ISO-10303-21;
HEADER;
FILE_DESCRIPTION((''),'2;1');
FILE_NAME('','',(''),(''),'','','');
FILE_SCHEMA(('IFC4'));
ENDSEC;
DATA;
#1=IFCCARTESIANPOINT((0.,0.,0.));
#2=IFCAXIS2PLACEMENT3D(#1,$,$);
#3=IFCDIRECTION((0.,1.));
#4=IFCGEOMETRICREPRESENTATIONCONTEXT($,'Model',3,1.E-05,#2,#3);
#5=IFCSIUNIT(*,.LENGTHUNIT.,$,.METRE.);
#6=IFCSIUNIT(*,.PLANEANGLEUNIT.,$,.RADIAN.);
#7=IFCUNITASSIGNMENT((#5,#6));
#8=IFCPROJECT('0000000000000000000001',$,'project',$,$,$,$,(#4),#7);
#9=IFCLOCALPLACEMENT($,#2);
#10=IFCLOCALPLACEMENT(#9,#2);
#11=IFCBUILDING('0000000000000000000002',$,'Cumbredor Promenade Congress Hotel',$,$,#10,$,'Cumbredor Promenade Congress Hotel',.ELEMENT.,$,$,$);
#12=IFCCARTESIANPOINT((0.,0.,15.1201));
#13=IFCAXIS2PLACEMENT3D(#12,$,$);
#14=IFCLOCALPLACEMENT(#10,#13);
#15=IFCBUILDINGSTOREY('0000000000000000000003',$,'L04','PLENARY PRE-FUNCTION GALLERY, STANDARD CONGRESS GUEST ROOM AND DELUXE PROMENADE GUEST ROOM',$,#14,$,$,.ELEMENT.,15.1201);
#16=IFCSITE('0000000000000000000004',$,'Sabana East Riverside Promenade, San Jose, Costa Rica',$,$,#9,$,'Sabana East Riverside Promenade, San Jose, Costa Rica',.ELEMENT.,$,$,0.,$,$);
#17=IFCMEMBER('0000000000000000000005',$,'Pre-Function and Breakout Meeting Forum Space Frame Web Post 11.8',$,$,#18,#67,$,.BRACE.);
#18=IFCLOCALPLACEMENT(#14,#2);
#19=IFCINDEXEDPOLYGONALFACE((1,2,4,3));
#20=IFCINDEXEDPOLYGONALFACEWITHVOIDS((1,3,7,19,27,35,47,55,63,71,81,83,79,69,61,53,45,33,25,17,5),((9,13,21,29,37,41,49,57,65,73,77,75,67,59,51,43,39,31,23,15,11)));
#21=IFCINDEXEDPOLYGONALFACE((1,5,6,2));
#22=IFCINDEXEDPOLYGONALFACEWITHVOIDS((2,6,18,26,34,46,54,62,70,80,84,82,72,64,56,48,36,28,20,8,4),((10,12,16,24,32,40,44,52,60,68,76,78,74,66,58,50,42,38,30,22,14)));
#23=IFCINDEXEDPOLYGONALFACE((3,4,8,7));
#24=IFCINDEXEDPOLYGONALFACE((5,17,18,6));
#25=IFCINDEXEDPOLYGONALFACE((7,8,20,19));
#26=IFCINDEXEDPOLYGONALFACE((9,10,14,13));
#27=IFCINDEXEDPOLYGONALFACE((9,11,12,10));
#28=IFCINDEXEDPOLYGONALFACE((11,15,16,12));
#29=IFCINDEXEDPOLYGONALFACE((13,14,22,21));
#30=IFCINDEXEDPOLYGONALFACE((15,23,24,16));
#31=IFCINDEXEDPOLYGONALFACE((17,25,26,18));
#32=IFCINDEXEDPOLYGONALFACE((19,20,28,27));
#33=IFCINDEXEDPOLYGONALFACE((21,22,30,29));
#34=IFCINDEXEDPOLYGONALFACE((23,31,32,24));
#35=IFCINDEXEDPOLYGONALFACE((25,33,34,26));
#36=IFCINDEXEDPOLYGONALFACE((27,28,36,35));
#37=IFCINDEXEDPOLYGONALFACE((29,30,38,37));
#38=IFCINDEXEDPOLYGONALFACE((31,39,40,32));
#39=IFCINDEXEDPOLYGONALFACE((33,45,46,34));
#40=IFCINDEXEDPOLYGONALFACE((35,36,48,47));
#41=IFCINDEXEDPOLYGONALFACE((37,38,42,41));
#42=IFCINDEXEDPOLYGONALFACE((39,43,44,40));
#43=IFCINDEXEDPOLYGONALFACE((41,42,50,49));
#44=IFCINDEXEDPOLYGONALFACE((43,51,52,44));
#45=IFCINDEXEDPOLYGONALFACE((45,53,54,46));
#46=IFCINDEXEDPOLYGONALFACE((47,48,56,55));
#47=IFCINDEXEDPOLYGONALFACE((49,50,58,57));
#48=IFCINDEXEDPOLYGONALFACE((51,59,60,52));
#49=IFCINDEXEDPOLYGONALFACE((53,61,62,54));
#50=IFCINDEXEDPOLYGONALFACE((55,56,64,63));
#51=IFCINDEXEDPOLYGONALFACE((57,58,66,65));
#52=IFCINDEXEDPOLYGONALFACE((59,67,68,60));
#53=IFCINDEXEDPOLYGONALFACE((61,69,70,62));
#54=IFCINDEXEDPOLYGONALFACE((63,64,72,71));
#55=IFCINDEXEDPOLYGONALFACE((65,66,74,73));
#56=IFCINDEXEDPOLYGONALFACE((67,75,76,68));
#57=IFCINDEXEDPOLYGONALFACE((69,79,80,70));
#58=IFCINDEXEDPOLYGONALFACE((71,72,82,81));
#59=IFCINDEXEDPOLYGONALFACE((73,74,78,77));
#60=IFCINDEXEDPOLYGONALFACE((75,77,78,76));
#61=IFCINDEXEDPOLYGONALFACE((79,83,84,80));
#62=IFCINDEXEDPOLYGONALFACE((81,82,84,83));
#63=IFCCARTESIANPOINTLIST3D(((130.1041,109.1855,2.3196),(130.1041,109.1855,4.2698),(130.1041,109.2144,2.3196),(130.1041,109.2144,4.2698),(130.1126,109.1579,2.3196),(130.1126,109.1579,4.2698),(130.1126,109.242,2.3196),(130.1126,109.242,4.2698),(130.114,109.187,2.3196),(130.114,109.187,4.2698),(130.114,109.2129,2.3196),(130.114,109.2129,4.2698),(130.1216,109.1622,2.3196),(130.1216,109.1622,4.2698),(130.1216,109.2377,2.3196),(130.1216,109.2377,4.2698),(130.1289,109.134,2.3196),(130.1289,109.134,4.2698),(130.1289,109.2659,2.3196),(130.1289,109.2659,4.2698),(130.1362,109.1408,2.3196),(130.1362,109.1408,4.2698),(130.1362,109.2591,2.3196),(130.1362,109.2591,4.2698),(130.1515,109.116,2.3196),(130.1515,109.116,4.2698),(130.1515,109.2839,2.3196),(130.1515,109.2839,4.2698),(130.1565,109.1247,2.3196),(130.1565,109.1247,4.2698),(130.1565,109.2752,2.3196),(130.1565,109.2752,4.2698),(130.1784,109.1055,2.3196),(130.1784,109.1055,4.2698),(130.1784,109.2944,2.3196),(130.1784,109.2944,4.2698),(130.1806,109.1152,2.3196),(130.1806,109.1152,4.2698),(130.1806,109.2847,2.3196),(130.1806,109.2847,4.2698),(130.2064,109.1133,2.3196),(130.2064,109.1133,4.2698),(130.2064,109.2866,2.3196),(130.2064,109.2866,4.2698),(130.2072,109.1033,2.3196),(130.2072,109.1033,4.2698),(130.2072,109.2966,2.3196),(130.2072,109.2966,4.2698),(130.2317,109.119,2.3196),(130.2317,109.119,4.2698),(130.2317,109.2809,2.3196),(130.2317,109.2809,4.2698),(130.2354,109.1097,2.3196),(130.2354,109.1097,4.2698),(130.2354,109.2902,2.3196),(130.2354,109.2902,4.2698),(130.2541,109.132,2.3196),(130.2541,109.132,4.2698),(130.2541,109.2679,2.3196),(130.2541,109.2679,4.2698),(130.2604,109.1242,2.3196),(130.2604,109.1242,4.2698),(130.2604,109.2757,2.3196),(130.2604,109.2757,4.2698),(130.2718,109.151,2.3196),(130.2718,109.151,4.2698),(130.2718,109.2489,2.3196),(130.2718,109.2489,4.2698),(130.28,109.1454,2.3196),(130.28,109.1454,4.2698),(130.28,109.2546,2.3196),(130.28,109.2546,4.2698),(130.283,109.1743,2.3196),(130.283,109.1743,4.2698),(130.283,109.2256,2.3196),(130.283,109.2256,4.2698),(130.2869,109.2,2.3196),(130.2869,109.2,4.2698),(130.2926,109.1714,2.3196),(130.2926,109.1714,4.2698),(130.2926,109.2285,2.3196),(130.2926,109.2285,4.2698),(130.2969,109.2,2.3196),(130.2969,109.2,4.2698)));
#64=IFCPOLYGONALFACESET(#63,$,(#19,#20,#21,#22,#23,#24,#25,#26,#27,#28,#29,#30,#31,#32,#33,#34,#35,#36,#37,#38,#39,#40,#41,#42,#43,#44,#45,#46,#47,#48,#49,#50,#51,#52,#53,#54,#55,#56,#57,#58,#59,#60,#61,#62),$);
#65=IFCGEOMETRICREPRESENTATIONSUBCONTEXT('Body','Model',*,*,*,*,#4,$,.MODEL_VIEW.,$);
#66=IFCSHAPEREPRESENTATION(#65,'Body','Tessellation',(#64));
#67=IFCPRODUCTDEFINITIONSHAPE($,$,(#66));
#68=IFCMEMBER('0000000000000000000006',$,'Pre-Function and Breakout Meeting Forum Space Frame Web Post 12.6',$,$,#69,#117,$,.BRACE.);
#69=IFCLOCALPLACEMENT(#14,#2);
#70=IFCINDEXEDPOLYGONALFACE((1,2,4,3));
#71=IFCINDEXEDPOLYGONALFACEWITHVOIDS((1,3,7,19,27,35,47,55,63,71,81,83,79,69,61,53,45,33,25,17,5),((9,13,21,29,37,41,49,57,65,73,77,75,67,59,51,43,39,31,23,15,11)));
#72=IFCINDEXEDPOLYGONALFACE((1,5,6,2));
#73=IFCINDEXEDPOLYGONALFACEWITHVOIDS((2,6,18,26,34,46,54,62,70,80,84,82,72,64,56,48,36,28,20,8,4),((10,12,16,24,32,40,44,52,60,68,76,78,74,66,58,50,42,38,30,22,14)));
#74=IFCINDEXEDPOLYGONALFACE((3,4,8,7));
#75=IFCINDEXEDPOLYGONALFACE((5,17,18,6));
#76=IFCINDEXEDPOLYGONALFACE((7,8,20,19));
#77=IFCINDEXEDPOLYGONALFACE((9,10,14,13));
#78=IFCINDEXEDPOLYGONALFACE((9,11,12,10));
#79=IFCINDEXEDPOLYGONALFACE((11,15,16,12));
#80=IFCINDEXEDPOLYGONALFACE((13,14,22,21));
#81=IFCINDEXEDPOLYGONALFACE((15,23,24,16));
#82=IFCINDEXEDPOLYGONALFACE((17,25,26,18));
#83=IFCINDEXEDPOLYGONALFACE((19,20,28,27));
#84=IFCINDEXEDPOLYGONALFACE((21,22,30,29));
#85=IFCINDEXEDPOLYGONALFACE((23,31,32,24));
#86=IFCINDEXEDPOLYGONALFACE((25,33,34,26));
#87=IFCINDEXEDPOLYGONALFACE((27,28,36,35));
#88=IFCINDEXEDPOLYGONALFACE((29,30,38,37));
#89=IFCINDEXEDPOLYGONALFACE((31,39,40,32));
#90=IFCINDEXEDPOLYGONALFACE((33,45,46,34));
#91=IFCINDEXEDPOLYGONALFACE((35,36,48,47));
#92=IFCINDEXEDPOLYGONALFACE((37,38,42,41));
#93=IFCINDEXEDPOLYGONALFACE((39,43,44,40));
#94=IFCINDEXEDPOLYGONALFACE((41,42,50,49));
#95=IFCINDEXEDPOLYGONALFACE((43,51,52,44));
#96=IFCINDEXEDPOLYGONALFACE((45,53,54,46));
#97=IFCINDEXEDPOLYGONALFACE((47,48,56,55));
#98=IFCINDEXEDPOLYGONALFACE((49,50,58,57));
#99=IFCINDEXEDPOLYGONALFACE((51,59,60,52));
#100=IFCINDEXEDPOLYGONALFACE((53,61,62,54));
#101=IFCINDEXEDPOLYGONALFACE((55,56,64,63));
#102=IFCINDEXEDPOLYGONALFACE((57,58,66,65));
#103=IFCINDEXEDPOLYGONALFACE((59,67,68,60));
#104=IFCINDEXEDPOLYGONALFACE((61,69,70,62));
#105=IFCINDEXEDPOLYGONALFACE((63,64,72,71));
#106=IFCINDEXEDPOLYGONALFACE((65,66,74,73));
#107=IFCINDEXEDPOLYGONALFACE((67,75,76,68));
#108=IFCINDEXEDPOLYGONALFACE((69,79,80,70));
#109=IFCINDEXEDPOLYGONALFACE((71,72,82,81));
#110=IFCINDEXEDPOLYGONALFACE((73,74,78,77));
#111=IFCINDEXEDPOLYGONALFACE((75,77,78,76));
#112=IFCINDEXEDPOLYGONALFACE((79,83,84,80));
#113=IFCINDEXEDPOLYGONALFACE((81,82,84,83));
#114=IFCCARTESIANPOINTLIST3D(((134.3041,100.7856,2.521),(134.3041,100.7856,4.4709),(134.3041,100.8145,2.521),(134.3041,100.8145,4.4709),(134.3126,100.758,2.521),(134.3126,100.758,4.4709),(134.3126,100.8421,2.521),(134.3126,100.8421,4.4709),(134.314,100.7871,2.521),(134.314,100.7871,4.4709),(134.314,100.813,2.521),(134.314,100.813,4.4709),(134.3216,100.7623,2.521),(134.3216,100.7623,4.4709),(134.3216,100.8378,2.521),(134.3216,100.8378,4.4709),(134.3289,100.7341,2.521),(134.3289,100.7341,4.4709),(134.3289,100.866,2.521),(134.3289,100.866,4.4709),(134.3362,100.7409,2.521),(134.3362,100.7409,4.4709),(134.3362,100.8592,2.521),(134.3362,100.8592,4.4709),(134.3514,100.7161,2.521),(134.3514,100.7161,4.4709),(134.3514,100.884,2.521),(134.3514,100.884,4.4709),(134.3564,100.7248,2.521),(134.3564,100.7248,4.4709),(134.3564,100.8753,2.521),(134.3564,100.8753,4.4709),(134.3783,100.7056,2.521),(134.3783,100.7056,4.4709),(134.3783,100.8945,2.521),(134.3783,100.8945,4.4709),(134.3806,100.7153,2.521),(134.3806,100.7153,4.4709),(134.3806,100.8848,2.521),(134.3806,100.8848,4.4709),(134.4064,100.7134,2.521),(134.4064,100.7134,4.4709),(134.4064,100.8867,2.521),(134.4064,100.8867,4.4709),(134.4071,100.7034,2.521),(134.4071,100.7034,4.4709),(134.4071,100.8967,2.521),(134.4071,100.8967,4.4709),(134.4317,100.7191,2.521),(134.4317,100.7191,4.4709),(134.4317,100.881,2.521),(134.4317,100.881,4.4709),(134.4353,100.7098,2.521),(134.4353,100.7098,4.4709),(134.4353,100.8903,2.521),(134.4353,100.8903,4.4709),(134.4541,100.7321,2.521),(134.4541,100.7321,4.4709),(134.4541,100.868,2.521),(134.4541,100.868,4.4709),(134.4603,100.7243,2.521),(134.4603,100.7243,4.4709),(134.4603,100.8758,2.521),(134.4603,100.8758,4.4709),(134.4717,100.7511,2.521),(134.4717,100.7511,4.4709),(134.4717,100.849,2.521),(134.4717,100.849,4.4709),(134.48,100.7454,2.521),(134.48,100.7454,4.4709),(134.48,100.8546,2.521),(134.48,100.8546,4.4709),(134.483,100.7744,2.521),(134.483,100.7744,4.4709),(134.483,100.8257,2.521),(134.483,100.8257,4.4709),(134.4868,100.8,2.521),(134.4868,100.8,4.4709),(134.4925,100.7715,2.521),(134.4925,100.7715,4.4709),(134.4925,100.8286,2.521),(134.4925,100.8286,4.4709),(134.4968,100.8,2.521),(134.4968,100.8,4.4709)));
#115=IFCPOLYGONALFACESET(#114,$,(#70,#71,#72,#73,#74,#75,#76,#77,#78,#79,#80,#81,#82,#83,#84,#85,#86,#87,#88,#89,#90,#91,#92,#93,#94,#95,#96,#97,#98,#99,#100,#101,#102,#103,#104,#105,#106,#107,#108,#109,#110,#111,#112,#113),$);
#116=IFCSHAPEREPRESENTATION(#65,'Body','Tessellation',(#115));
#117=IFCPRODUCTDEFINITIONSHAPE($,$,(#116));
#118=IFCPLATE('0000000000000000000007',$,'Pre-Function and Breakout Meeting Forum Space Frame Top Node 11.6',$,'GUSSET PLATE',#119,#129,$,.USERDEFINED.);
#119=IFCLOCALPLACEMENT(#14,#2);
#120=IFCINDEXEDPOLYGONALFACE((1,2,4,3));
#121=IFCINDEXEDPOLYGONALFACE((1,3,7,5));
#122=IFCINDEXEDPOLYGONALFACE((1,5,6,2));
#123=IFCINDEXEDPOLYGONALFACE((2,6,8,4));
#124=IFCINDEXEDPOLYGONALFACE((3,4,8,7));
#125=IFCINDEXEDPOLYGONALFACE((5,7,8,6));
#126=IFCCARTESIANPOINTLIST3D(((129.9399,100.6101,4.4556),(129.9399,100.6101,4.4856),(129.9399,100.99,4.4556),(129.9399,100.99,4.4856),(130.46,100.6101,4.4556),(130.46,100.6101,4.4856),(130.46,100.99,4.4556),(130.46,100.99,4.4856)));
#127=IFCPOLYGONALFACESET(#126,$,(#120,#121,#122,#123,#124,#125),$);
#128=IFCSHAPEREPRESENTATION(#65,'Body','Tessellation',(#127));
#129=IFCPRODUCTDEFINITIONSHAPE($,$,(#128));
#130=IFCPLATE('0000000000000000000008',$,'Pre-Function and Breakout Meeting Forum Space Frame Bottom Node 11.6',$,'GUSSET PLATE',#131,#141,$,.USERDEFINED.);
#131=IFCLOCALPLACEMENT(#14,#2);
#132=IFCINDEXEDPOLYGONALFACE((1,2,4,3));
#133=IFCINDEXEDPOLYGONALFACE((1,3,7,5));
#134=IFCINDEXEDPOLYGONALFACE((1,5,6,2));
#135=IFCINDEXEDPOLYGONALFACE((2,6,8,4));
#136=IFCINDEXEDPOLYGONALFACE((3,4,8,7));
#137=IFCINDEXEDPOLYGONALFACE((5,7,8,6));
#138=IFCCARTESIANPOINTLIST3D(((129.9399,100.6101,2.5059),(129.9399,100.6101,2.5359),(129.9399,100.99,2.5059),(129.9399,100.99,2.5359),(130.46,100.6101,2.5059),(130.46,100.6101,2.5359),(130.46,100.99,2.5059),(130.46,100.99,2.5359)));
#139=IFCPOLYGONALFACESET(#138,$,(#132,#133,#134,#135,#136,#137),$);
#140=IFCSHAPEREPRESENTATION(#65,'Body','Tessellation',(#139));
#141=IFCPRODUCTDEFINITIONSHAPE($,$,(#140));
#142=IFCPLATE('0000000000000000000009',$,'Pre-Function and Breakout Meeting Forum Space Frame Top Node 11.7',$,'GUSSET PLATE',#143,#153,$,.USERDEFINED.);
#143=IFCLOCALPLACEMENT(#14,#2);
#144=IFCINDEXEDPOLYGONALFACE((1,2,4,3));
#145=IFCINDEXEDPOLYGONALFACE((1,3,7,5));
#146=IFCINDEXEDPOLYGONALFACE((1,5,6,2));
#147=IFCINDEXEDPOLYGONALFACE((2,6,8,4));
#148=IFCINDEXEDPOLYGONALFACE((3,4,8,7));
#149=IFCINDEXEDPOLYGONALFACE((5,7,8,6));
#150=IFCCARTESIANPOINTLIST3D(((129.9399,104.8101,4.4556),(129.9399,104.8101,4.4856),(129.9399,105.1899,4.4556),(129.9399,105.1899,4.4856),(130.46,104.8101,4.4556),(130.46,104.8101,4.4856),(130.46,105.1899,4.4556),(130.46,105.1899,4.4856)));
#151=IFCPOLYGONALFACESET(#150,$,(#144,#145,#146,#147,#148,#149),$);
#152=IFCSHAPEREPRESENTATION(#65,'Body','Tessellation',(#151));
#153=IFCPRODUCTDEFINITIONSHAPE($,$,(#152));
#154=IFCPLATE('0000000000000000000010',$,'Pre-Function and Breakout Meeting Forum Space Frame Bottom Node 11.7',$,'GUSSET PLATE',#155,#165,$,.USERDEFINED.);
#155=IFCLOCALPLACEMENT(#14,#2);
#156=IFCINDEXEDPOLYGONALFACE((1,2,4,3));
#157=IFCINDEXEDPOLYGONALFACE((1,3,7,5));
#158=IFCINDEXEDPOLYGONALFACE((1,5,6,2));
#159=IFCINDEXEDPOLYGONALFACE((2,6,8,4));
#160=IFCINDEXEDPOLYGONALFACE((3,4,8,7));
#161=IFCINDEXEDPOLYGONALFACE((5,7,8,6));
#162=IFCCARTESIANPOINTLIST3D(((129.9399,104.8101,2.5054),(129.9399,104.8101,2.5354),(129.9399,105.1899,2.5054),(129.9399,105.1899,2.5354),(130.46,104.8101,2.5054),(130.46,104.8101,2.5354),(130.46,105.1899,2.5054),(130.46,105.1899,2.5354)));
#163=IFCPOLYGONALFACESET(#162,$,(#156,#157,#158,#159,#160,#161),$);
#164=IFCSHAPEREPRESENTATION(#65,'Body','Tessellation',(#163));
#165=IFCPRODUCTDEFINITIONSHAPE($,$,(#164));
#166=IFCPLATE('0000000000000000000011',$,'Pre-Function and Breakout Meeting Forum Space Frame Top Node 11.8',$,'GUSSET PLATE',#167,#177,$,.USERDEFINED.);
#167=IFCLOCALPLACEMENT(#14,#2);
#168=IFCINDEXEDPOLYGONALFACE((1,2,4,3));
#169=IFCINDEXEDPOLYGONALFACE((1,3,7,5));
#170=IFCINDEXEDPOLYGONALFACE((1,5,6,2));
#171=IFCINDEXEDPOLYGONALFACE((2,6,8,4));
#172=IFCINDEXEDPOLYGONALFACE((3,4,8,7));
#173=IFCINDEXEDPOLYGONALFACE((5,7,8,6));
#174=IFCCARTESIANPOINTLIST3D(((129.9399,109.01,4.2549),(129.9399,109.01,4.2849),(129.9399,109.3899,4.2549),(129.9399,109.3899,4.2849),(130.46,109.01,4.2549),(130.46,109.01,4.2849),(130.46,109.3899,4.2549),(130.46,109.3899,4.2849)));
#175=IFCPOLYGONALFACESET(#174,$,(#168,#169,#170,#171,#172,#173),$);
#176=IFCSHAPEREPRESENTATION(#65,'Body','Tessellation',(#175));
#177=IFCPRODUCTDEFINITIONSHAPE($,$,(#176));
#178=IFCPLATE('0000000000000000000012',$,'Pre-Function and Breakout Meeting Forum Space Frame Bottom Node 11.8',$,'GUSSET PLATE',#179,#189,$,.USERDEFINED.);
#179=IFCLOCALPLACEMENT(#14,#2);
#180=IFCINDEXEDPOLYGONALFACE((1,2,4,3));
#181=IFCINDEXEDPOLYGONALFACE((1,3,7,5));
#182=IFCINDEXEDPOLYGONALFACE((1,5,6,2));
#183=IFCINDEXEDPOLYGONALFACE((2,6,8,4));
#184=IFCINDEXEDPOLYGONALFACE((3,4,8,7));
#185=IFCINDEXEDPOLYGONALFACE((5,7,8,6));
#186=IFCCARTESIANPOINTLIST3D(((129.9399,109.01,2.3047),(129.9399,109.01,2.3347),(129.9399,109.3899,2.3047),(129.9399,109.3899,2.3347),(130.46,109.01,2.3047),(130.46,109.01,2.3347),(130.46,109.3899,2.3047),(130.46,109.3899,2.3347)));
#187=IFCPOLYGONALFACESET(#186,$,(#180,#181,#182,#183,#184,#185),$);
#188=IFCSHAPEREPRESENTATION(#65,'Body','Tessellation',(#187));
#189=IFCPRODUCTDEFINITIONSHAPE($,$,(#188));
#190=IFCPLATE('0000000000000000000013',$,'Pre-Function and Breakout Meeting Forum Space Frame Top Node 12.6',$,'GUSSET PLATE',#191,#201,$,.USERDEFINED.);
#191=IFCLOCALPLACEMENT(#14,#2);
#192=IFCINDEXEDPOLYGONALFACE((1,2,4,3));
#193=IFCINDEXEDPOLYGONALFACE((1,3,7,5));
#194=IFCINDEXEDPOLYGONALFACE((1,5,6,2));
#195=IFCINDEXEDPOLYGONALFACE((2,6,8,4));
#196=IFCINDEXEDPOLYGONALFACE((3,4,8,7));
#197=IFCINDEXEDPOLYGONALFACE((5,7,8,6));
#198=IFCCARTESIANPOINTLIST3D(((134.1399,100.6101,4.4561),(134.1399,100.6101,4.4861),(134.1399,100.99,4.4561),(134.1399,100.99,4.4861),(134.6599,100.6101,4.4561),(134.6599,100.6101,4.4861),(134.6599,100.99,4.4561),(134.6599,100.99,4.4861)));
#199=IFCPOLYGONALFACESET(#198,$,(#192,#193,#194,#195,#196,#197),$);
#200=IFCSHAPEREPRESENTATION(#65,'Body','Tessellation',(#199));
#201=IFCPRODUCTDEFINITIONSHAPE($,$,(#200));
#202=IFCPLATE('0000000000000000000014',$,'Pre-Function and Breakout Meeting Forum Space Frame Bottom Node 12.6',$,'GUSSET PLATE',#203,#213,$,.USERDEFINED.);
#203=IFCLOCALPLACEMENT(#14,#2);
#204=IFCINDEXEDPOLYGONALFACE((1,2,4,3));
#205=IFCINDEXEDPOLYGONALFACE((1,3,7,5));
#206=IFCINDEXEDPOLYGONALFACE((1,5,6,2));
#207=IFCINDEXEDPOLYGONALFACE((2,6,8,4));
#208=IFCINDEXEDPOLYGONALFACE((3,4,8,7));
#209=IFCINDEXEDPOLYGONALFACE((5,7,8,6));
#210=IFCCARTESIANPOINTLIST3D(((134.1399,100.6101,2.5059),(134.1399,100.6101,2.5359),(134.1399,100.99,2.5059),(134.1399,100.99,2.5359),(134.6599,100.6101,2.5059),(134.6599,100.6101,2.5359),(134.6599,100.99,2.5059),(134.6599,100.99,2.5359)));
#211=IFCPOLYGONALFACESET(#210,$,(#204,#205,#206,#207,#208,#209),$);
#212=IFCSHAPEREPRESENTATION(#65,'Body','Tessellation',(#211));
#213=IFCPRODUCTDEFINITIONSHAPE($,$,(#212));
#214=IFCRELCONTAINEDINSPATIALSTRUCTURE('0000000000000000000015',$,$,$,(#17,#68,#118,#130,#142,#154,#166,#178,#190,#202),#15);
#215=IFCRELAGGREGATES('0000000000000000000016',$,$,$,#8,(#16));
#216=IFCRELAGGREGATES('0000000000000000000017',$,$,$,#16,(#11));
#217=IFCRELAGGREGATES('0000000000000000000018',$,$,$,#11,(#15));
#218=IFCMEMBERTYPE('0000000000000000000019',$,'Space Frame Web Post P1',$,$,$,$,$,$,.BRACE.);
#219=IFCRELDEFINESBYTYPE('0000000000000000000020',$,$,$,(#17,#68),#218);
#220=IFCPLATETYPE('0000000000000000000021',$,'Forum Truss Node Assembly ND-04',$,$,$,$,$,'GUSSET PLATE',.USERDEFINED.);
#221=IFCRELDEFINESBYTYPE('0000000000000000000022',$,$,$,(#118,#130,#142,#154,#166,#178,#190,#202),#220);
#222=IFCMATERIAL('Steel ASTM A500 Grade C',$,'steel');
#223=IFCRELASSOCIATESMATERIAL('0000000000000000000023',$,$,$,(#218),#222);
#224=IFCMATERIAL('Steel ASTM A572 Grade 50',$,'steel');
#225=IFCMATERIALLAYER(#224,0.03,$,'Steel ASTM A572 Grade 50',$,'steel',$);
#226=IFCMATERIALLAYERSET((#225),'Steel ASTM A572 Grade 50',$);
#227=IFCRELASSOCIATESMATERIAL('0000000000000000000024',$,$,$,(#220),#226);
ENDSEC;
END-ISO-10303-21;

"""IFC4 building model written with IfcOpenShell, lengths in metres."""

from ifc_helpers import new_model, si_unit, direction, frame, origin, origin_2d, place, context, subcontext, project, spatial, rectangle, hollow_circle, extrude, material, layer, layer_set, material_profile, profile_set, type_object, element, save


model = new_model("IFC4")

# Units and contexts
model_context = context("Model", 3, precision=1e-05, world=origin(), true_north=direction((0.0, 1.0)))
body_context = subcontext(model_context, "Body", "Model", "MODEL_VIEW")
ifc_project = project(units=[si_unit("LENGTHUNIT", "METRE"), si_unit("PLANEANGLEUNIT", "RADIAN")], contexts=[model_context])

# Site, building, storey
site_placement = place(None, origin())
site = spatial("IfcSite", under=ifc_project, at=site_placement, Name="Sabana East Riverside Promenade, San Jose, Costa Rica", LongName="Sabana East Riverside Promenade, San Jose, Costa Rica", CompositionType="ELEMENT", RefElevation=0.0)
building_placement = place(site_placement, origin())
building = spatial("IfcBuilding", under=site, at=building_placement, Name="Cumbredor Promenade Congress Hotel", LongName="Cumbredor Promenade Congress Hotel", CompositionType="ELEMENT")
storey_placement = place(building_placement, frame((0.0, 0.0, 15.1201)))
storey = spatial("IfcBuildingStorey", under=building, at=storey_placement, Name="L04", Description="PLENARY PRE-FUNCTION GALLERY, STANDARD CONGRESS GUEST ROOM AND DELUXE PROMENADE GUEST ROOM", CompositionType="ELEMENT", Elevation=15.1201)

# Members
ifc_material_1 = material(Name="Steel ASTM A500 Grade C", Category="steel")
ifc_material_profile_1 = material_profile(ifc_material_1, hollow_circle(Radius=0.0969, WallThickness=0.01, at=origin_2d()), Name="CHS 193.7x10")
ifc_profile_set_1 = profile_set([ifc_material_profile_1], Name="Steel ASTM A500 Grade C")
member_type_1 = type_object("IfcMemberType", Name="Space Frame Web Post P1", PredefinedType="BRACE", material=ifc_profile_set_1)
member_1_placement = place(storey_placement, frame((130.2, 109.2, 2.3196), z_axis=(0.0, 0.0, 1.0), x_axis=(1.0, 0.0, 0.0)))
element("IfcMember", 1, at=member_1_placement, inside=storey, type_object=member_type_1, Name="Pre-Function and Breakout Meeting Forum Space Frame Web Post 11.8", PredefinedType="BRACE", context=body_context, shape_type="SweptSolid", body=[
    extrude(hollow_circle(Radius=0.0969, WallThickness=0.01, at=origin_2d()), origin(), (0.0, 0.0, 1.0), 1.9502),
])
member_2_placement = place(storey_placement, frame((134.3999, 100.8, 2.521), z_axis=(0.0, 0.0, 1.0), x_axis=(1.0, 0.0, 0.0)))
element("IfcMember", 2, at=member_2_placement, inside=storey, type_object=member_type_1, Name="Pre-Function and Breakout Meeting Forum Space Frame Web Post 12.6", PredefinedType="BRACE", context=body_context, shape_type="SweptSolid", body=[
    extrude(hollow_circle(Radius=0.0969, WallThickness=0.01, at=origin_2d()), origin(), (0.0, 0.0, 1.0), 1.95),
])

# Plates
ifc_material_2 = material(Name="Steel ASTM A572 Grade 50", Category="steel")
ifc_layer = layer(ifc_material_2, 0.03, Name="Steel ASTM A572 Grade 50", Category="steel")
ifc_layer_set = layer_set([ifc_layer], Name="Steel ASTM A572 Grade 50")
plate_type = type_object("IfcPlateType", Name="Forum Truss Node Assembly ND-04", ElementType="GUSSET PLATE", PredefinedType="USERDEFINED", material=ifc_layer_set)
for number, where, z_axis, x_axis, name in (
    (3, (130.2, 100.8, 4.4556), (0.0, 0.0, 1.0), (1.0, 0.0, 0.0), "Pre-Function and Breakout Meeting Forum Space Frame Top Node 11.6"),
    (4, (130.2, 100.8, 2.5059), (0.0, 0.0, 1.0), (1.0, 0.0, 0.0), "Pre-Function and Breakout Meeting Forum Space Frame Bottom Node 11.6"),
    (5, (130.2, 105.0, 4.4556), (0.0, 0.0, 1.0), (1.0, 0.0, 0.0), "Pre-Function and Breakout Meeting Forum Space Frame Top Node 11.7"),
    (6, (130.2, 105.0, 2.5054), (0.0, 0.0, 1.0), (1.0, 0.0, 0.0), "Pre-Function and Breakout Meeting Forum Space Frame Bottom Node 11.7"),
    (7, (130.2, 109.2, 4.2549), (0.0, 0.0, 1.0), (1.0, 0.0, 0.0), "Pre-Function and Breakout Meeting Forum Space Frame Top Node 11.8"),
    (8, (130.2, 109.2, 2.3047), (0.0, 0.0, 1.0), (1.0, 0.0, 0.0), "Pre-Function and Breakout Meeting Forum Space Frame Bottom Node 11.8"),
    (9, (134.3999, 100.8, 4.4561), (0.0, 0.0, 1.0), (1.0, 0.0, 0.0), "Pre-Function and Breakout Meeting Forum Space Frame Top Node 12.6"),
    (10, (134.3999, 100.8, 2.5059), (0.0, 0.0, 1.0), (1.0, 0.0, 0.0), "Pre-Function and Breakout Meeting Forum Space Frame Bottom Node 12.6"),
):
    element("IfcPlate", number, at=place(storey_placement, frame(where, z_axis=z_axis, x_axis=x_axis)), inside=storey, type_object=plate_type, Name=name, ObjectType="GUSSET PLATE", PredefinedType="USERDEFINED", context=body_context, shape_type="SweptSolid", body=[
        extrude(rectangle(XDim=0.52, YDim=0.3799, at=origin_2d()), origin(), (0.0, 0.0, 1.0), 0.03),
    ])

save(model, "model.ifc")
